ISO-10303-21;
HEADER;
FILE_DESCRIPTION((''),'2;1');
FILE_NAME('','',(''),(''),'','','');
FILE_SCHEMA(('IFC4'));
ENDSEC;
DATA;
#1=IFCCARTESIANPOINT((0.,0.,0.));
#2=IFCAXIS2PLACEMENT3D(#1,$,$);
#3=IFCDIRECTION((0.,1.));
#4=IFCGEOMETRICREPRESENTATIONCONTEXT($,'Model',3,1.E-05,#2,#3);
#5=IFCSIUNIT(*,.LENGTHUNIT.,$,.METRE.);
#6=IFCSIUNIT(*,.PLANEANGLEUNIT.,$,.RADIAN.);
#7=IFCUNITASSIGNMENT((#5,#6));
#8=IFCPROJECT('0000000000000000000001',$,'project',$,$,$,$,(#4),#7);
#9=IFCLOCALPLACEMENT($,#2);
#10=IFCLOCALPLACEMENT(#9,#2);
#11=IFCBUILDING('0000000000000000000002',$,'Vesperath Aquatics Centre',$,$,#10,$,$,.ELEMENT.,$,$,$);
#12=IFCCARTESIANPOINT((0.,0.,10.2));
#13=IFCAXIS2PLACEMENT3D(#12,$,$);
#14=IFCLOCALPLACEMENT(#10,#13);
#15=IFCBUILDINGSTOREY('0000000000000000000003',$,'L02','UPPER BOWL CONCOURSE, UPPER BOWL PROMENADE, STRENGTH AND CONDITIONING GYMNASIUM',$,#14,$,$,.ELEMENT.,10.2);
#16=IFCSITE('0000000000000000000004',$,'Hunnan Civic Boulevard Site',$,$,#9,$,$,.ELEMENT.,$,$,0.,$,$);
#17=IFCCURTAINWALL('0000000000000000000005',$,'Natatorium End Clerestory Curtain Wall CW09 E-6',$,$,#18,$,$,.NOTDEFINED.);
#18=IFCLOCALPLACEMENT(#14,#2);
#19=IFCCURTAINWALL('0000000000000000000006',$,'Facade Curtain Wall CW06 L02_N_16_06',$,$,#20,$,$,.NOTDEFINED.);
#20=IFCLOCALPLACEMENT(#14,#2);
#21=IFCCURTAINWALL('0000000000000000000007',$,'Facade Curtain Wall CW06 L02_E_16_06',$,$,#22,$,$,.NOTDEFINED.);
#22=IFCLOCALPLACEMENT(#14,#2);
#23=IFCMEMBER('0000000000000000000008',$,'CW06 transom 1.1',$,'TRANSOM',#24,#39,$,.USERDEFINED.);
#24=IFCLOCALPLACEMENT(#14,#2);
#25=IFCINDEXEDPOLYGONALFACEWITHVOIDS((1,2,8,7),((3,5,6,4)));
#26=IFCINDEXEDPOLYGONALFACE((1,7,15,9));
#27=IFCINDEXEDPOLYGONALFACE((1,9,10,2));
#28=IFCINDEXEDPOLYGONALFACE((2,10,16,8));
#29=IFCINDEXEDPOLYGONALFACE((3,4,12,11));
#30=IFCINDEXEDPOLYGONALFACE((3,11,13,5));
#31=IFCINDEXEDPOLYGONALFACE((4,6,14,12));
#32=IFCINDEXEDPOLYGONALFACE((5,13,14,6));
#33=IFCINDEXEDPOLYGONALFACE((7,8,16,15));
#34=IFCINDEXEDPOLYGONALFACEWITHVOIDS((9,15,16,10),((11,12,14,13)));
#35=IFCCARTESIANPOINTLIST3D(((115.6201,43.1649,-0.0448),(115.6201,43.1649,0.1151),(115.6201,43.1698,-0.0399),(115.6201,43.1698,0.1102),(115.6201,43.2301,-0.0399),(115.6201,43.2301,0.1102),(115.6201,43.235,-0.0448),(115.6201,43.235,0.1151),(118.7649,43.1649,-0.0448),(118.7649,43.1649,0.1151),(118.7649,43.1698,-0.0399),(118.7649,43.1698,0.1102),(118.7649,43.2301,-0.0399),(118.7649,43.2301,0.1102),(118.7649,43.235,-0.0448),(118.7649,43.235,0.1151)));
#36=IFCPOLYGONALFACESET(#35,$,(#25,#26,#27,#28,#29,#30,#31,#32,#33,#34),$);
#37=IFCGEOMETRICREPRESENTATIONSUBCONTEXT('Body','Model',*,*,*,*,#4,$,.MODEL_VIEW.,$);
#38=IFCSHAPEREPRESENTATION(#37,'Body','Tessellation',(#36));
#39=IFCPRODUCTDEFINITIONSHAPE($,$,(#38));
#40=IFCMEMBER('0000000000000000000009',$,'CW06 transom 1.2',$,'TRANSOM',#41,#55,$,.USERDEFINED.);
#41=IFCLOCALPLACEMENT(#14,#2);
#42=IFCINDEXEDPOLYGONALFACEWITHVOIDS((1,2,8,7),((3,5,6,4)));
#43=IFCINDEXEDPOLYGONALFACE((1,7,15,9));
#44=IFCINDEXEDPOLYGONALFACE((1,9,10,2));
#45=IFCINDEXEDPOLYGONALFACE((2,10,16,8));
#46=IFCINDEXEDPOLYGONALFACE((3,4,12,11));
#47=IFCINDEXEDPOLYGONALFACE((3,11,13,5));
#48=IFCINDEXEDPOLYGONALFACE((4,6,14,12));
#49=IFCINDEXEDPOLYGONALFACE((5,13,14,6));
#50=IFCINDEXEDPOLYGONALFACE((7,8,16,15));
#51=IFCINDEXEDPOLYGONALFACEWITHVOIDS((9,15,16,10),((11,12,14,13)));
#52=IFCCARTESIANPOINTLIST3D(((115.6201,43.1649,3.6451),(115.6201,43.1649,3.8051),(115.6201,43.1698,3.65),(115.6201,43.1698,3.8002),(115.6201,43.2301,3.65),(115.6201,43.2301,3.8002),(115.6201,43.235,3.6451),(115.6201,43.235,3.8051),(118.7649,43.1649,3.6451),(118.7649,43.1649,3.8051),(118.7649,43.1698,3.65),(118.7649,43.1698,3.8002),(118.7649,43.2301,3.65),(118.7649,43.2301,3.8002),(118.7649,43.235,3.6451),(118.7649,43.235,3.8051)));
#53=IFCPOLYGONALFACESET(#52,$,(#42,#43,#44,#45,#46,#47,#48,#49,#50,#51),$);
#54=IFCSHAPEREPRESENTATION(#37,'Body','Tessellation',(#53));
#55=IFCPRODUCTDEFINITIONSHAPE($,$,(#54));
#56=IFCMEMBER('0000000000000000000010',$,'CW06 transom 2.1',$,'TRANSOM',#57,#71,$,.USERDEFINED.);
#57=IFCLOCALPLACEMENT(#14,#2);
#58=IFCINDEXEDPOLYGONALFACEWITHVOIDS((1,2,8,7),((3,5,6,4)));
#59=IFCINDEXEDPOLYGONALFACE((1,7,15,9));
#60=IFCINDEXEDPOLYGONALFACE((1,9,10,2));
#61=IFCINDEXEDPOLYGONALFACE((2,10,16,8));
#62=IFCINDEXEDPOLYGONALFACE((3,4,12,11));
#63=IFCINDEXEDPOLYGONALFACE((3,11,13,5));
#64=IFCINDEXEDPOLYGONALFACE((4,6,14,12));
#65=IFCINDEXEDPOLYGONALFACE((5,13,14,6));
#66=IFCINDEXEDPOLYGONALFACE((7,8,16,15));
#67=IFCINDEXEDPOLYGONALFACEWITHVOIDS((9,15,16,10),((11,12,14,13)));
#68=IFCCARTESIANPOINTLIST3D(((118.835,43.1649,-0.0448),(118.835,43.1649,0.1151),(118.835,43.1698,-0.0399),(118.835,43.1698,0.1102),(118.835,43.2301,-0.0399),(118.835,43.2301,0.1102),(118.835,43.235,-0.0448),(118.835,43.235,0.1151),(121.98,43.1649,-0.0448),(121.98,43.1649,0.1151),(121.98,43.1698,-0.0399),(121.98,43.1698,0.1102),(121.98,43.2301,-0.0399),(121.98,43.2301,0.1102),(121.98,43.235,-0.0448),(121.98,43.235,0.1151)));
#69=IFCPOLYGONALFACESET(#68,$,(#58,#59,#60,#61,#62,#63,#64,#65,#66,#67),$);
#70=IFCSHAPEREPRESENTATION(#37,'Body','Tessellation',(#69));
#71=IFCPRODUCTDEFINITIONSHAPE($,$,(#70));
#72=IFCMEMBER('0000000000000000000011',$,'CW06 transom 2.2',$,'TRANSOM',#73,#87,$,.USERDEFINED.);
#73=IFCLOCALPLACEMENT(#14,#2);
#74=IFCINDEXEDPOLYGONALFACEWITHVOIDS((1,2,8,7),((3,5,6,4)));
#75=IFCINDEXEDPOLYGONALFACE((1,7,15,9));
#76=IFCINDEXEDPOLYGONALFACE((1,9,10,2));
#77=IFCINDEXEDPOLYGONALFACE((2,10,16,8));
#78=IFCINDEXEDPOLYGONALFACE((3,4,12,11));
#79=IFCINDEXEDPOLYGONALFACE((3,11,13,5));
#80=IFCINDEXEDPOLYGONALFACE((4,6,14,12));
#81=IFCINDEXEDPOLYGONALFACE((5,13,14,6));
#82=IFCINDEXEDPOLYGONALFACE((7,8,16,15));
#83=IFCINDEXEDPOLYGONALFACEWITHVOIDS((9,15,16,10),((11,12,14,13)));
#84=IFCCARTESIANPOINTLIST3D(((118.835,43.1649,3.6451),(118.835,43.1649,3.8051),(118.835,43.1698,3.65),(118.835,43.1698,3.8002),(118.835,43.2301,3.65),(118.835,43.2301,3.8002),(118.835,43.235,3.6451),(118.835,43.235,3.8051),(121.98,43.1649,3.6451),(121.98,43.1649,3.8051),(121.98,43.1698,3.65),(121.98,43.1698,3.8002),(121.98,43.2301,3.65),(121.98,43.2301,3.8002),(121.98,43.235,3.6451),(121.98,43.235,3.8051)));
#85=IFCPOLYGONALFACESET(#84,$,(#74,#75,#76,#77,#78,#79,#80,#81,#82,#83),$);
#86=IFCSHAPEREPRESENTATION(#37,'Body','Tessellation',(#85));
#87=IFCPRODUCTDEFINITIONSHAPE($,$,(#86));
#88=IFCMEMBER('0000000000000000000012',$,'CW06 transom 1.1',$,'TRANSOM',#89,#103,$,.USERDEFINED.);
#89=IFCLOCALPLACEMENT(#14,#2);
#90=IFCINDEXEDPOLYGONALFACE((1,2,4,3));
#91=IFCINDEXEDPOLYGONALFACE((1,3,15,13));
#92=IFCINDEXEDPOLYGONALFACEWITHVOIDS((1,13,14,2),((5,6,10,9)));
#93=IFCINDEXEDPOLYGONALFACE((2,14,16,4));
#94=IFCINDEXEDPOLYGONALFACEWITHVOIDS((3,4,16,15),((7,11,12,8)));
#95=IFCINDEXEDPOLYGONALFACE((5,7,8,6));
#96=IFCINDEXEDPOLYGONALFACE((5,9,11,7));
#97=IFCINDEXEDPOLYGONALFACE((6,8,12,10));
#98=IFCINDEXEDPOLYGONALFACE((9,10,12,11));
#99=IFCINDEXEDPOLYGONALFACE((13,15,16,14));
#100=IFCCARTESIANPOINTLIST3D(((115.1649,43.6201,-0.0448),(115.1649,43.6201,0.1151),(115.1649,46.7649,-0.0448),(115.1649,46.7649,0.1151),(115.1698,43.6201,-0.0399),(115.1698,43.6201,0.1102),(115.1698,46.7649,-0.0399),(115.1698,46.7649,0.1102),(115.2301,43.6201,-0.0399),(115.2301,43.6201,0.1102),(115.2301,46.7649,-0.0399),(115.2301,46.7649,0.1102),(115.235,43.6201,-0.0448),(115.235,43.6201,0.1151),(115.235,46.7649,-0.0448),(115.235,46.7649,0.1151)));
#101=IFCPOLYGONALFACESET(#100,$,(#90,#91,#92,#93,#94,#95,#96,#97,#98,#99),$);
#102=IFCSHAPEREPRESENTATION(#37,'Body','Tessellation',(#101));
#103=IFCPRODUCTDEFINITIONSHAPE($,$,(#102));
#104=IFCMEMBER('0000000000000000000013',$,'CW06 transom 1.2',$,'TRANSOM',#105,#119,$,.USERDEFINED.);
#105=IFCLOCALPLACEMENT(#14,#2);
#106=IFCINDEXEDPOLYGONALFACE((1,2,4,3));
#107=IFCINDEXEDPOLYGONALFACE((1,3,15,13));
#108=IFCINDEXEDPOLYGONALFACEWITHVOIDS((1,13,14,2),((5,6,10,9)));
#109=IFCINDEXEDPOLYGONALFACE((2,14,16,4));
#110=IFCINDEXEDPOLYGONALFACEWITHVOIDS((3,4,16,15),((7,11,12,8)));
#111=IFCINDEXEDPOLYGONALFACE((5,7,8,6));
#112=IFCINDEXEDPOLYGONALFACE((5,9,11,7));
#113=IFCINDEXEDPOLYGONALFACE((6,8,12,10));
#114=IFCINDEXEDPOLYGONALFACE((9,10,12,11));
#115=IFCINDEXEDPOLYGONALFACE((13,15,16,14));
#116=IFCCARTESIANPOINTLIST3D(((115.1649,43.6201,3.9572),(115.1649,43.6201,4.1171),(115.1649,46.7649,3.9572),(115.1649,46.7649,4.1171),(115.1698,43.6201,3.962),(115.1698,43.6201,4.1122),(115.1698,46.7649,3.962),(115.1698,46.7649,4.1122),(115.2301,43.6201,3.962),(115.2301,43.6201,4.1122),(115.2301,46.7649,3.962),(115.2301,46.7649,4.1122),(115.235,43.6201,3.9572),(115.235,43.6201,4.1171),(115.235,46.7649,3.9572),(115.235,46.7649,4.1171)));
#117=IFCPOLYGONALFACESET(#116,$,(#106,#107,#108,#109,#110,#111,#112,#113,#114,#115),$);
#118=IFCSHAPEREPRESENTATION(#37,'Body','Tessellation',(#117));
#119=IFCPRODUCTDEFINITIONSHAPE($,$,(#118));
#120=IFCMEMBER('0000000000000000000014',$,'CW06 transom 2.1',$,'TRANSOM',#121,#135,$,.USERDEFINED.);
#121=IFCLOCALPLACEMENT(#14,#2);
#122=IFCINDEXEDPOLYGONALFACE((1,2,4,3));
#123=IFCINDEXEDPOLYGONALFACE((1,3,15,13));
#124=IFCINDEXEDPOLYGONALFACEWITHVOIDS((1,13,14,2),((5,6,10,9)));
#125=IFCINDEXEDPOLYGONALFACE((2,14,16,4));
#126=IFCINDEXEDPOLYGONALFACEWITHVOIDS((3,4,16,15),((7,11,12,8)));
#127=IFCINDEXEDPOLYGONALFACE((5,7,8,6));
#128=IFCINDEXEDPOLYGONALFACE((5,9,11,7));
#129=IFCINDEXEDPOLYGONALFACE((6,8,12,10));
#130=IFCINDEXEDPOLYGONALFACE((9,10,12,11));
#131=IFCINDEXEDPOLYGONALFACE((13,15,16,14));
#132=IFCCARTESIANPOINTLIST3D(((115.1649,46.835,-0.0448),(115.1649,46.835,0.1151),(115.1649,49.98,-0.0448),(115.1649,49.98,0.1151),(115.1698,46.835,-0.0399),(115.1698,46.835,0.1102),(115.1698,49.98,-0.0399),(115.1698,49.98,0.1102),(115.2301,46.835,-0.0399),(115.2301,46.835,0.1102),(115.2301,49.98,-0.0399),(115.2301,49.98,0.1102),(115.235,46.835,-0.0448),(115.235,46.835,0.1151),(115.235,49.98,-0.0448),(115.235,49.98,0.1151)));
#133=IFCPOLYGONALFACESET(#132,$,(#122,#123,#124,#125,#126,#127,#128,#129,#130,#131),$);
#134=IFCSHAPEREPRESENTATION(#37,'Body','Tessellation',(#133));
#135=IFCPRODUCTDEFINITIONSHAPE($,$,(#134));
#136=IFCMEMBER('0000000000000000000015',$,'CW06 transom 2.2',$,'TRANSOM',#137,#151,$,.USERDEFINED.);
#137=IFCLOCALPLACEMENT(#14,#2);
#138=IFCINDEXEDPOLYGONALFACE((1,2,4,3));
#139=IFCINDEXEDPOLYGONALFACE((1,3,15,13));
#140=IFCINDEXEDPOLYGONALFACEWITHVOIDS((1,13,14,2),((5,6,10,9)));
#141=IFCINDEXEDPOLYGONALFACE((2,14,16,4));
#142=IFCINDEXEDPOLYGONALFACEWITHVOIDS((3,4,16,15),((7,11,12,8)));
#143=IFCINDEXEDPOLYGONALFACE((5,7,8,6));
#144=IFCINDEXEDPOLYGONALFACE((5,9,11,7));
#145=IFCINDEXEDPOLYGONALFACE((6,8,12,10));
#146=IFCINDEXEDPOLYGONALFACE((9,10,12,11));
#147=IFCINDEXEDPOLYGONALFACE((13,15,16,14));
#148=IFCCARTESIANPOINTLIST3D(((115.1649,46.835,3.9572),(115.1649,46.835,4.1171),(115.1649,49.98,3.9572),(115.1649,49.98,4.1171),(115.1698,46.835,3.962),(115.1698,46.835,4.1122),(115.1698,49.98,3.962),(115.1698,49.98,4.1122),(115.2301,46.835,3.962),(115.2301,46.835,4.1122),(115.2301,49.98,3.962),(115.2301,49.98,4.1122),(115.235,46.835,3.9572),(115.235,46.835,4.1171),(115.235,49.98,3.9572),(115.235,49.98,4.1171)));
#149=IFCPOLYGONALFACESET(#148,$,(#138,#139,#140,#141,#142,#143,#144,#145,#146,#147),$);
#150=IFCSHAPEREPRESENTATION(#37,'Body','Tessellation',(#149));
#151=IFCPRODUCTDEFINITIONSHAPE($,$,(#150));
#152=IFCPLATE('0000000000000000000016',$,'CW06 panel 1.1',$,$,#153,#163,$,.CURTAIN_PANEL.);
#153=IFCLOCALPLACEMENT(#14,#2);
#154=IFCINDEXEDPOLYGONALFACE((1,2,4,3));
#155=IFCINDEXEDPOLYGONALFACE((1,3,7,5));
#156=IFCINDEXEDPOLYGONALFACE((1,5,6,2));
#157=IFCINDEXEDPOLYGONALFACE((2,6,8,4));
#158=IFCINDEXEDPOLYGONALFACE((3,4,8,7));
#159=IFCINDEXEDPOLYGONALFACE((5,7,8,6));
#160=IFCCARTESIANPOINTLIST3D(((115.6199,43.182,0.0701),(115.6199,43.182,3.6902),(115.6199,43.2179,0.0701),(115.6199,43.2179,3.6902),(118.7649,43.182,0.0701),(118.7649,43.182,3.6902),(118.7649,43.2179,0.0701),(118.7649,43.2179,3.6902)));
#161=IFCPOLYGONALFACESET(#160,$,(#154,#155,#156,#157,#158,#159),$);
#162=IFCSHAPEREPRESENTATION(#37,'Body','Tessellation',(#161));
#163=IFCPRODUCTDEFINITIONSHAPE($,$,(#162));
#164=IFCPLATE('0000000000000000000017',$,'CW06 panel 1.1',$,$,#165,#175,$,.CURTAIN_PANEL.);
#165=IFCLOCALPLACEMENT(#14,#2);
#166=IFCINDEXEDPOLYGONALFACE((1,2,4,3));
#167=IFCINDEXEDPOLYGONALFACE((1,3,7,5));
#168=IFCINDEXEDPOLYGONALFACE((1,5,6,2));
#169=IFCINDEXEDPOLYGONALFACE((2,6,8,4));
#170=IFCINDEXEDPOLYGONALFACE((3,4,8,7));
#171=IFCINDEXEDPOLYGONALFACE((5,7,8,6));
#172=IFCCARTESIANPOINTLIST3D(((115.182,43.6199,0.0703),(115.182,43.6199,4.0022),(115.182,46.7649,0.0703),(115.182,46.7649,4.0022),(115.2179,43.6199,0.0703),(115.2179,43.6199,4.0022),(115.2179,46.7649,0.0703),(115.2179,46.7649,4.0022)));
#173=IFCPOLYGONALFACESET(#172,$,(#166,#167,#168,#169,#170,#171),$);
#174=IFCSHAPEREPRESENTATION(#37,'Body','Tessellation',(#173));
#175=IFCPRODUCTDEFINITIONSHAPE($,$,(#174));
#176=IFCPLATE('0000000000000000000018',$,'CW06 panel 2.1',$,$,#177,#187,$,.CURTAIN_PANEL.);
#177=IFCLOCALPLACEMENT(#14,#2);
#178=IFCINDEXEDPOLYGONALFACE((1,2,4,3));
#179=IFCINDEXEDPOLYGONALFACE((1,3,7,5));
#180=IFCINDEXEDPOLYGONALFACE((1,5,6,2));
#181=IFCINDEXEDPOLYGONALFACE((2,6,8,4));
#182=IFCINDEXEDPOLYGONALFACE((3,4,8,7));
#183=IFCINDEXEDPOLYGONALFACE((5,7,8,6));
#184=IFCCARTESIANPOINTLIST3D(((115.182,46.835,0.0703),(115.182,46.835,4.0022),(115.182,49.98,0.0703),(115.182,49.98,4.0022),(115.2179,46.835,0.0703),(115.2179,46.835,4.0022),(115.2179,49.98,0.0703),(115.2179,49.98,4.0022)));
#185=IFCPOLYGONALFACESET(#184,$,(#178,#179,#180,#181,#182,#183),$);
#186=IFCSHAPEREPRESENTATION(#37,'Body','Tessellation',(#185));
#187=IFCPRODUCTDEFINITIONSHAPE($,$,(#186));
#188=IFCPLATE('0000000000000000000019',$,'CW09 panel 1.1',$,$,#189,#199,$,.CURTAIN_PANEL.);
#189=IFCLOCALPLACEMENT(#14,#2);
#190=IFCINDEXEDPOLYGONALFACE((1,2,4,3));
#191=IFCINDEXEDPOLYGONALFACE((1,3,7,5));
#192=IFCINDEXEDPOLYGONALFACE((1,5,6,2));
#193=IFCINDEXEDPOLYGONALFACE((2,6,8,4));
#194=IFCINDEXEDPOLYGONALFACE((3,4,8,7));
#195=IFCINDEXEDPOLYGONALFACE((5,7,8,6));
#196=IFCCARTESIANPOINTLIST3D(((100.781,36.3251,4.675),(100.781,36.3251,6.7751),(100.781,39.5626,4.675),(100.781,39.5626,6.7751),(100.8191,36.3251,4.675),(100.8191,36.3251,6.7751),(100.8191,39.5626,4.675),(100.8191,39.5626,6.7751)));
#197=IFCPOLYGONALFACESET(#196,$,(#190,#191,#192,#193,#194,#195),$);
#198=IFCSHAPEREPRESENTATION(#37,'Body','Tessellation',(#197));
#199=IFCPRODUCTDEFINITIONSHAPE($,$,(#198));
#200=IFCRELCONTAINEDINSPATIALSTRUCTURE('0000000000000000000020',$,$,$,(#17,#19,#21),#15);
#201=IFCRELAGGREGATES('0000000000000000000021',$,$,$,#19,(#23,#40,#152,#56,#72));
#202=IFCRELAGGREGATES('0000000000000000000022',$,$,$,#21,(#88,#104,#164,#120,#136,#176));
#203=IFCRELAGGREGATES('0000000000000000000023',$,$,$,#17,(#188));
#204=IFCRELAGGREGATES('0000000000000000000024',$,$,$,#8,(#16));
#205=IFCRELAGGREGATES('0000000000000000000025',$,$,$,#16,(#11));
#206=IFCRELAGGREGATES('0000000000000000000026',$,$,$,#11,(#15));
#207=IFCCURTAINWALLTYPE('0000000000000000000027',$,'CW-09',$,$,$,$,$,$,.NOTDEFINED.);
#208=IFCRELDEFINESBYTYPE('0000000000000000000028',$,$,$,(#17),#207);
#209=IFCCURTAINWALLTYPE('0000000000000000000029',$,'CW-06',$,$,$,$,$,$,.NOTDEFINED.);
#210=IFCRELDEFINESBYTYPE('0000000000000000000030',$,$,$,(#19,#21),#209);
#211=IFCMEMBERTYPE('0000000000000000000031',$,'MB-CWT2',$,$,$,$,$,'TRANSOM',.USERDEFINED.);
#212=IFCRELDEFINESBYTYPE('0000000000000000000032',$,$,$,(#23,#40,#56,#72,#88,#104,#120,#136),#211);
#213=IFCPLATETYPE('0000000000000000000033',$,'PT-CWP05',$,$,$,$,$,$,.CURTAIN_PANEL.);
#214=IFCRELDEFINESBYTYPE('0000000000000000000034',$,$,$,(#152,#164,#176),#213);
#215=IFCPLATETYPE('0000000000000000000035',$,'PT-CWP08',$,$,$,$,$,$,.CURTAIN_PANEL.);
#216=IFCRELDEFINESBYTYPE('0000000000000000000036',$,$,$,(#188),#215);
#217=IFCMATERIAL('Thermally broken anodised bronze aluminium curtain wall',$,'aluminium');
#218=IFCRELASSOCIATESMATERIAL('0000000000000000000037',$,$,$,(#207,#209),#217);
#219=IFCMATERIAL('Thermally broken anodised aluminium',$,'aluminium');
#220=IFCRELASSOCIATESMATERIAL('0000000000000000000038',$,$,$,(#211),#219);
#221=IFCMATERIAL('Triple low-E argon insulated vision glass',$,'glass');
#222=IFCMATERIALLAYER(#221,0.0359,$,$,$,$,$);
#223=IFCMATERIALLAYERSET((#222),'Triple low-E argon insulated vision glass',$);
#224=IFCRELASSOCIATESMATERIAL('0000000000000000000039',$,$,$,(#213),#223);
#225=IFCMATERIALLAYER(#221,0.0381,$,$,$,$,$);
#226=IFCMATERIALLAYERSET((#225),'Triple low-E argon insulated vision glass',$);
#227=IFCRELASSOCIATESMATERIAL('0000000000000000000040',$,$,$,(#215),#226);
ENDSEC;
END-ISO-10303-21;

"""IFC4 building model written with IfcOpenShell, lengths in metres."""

from ifc_helpers import new_model, si_unit, direction, frame, origin, origin_2d, place, context, subcontext, project, spatial, rectangle, hollow_rectangle, extrude, material, layer, layer_set, material_profile, profile_set, type_object, element, aggregate, save


model = new_model("IFC4")

# Units and contexts
model_context = context("Model", 3, precision=1e-05, world=origin(), true_north=direction((0.0, 1.0)))
body_context = subcontext(model_context, "Body", "Model", "MODEL_VIEW")
ifc_project = project(units=[si_unit("LENGTHUNIT", "METRE"), si_unit("PLANEANGLEUNIT", "RADIAN")], contexts=[model_context])

# Site, building, storey
site_placement = place(None, origin())
site = spatial("IfcSite", under=ifc_project, at=site_placement, Name="Hunnan Civic Boulevard Site", CompositionType="ELEMENT", RefElevation=0.0)
building_placement = place(site_placement, origin())
building = spatial("IfcBuilding", under=site, at=building_placement, Name="Vesperath Aquatics Centre", CompositionType="ELEMENT")
storey_placement = place(building_placement, frame((0.0, 0.0, 10.2)))
storey = spatial("IfcBuildingStorey", under=building, at=storey_placement, Name="L02", Description="UPPER BOWL CONCOURSE, UPPER BOWL PROMENADE, STRENGTH AND CONDITIONING GYMNASIUM", CompositionType="ELEMENT", Elevation=10.2)

# Curtain walls
ifc_material_1 = material(Name="Thermally broken anodised bronze aluminium curtain wall", Category="aluminium")
curtain_wall_type_1 = type_object("IfcCurtainWallType", Name="CW-09", PredefinedType="NOTDEFINED", material=ifc_material_1)
curtain_wall_1_placement = place(storey_placement, origin())
curtain_wall_1 = element("IfcCurtainWall", 1, at=curtain_wall_1_placement, inside=storey, type_object=curtain_wall_type_1, Name="Natatorium End Clerestory Curtain Wall CW09 E-6", PredefinedType="NOTDEFINED")
ifc_material_2 = material(Name="Thermally broken anodised aluminium", Category="aluminium")
curtain_wall_type_2 = type_object("IfcCurtainWallType", Name="CW-06", PredefinedType="NOTDEFINED", material=ifc_material_1)
curtain_wall_2_placement = place(storey_placement, origin())
curtain_wall_2 = element("IfcCurtainWall", 2, at=curtain_wall_2_placement, inside=storey, type_object=curtain_wall_type_2, Name="Facade Curtain Wall CW06 L02_N_16_06", PredefinedType="NOTDEFINED")
curtain_wall_3_placement = place(storey_placement, origin())
curtain_wall_3 = element("IfcCurtainWall", 3, at=curtain_wall_3_placement, inside=storey, type_object=curtain_wall_type_2, Name="Facade Curtain Wall CW06 L02_E_16_06", PredefinedType="NOTDEFINED")

# Members
ifc_material_profile_1 = material_profile(ifc_material_2, hollow_rectangle(XDim=0.0701, YDim=0.1599, WallThickness=0.0049, at=origin_2d()), Name="CWT 70x160x5")
ifc_profile_set_1 = profile_set([ifc_material_profile_1], Name="Thermally broken anodised aluminium")
member_type_1 = type_object("IfcMemberType", Name="MB-CWT2", ElementType="TRANSOM", PredefinedType="USERDEFINED", material=ifc_profile_set_1)
member_1_placement = place(storey_placement, frame((115.6201, 43.2, 0.0352), z_axis=(1.0, 0.0, 0.0), x_axis=(0.0, 1.0, 0.0)))
member_1 = element("IfcMember", 4, at=member_1_placement, type_object=member_type_1, Name="CW06 transom 1.1", ObjectType="TRANSOM", PredefinedType="USERDEFINED", context=body_context, shape_type="SweptSolid", body=[
    extrude(hollow_rectangle(XDim=0.0701, YDim=0.1599, WallThickness=0.0049, at=origin_2d()), origin(), (0.0, 0.0, 1.0), 3.1448),
])
member_2_placement = place(storey_placement, frame((115.6201, 43.2, 3.7251), z_axis=(1.0, 0.0, 0.0), x_axis=(0.0, 1.0, 0.0)))
member_2 = element("IfcMember", 5, at=member_2_placement, type_object=member_type_1, Name="CW06 transom 1.2", ObjectType="TRANSOM", PredefinedType="USERDEFINED", context=body_context, shape_type="SweptSolid", body=[
    extrude(hollow_rectangle(XDim=0.0701, YDim=0.1599, WallThickness=0.0049, at=origin_2d()), origin(), (0.0, 0.0, 1.0), 3.1448),
])
member_3_placement = place(storey_placement, frame((118.835, 43.2, 0.0352), z_axis=(1.0, 0.0, 0.0), x_axis=(0.0, 1.0, 0.0)))
member_3 = element("IfcMember", 6, at=member_3_placement, type_object=member_type_1, Name="CW06 transom 2.1", ObjectType="TRANSOM", PredefinedType="USERDEFINED", context=body_context, shape_type="SweptSolid", body=[
    extrude(hollow_rectangle(XDim=0.0701, YDim=0.1599, WallThickness=0.0049, at=origin_2d()), origin(), (0.0, 0.0, 1.0), 3.145),
])
member_4_placement = place(storey_placement, frame((118.835, 43.2, 3.7251), z_axis=(1.0, 0.0, 0.0), x_axis=(0.0, 1.0, 0.0)))
member_4 = element("IfcMember", 7, at=member_4_placement, type_object=member_type_1, Name="CW06 transom 2.2", ObjectType="TRANSOM", PredefinedType="USERDEFINED", context=body_context, shape_type="SweptSolid", body=[
    extrude(hollow_rectangle(XDim=0.0701, YDim=0.1599, WallThickness=0.0049, at=origin_2d()), origin(), (0.0, 0.0, 1.0), 3.145),
])
member_5_placement = place(storey_placement, frame((115.2, 43.6201, 0.0352), z_axis=(0.0, 1.0, 0.0), x_axis=(-1.0, 0.0, 0.0)))
member_5 = element("IfcMember", 8, at=member_5_placement, type_object=member_type_1, Name="CW06 transom 1.1", ObjectType="TRANSOM", PredefinedType="USERDEFINED", context=body_context, shape_type="SweptSolid", body=[
    extrude(hollow_rectangle(XDim=0.0701, YDim=0.1599, WallThickness=0.0049, at=origin_2d()), origin(), (0.0, 0.0, 1.0), 3.1448),
])
member_6_placement = place(storey_placement, frame((115.2, 43.6201, 4.0371), z_axis=(0.0, 1.0, 0.0), x_axis=(-1.0, 0.0, 0.0)))
member_6 = element("IfcMember", 9, at=member_6_placement, type_object=member_type_1, Name="CW06 transom 1.2", ObjectType="TRANSOM", PredefinedType="USERDEFINED", context=body_context, shape_type="SweptSolid", body=[
    extrude(hollow_rectangle(XDim=0.0701, YDim=0.1599, WallThickness=0.0049, at=origin_2d()), origin(), (0.0, 0.0, 1.0), 3.1448),
])
member_7_placement = place(storey_placement, frame((115.2, 46.835, 0.0352), z_axis=(0.0, 1.0, 0.0), x_axis=(-1.0, 0.0, 0.0)))
member_7 = element("IfcMember", 10, at=member_7_placement, type_object=member_type_1, Name="CW06 transom 2.1", ObjectType="TRANSOM", PredefinedType="USERDEFINED", context=body_context, shape_type="SweptSolid", body=[
    extrude(hollow_rectangle(XDim=0.0701, YDim=0.1599, WallThickness=0.0049, at=origin_2d()), origin(), (0.0, 0.0, 1.0), 3.145),
])
member_8_placement = place(storey_placement, frame((115.2, 46.835, 4.0371), z_axis=(0.0, 1.0, 0.0), x_axis=(-1.0, 0.0, 0.0)))
member_8 = element("IfcMember", 11, at=member_8_placement, type_object=member_type_1, Name="CW06 transom 2.2", ObjectType="TRANSOM", PredefinedType="USERDEFINED", context=body_context, shape_type="SweptSolid", body=[
    extrude(hollow_rectangle(XDim=0.0701, YDim=0.1599, WallThickness=0.0049, at=origin_2d()), origin(), (0.0, 0.0, 1.0), 3.145),
])

# Plates
ifc_material_3 = material(Name="Triple low-E argon insulated vision glass", Category="glass")
ifc_layer_1 = layer(ifc_material_3, 0.0359)
ifc_layer_set_1 = layer_set([ifc_layer_1], Name="Triple low-E argon insulated vision glass")
plate_type_1 = type_object("IfcPlateType", Name="PT-CWP05", PredefinedType="CURTAIN_PANEL", material=ifc_layer_set_1)
plate_1_placement = place(storey_placement, frame((117.1924, 43.2, 0.0701), z_axis=(0.0, 0.0, 1.0), x_axis=(1.0, 0.0, 0.0)))
plate_1 = element("IfcPlate", 12, at=plate_1_placement, type_object=plate_type_1, Name="CW06 panel 1.1", PredefinedType="CURTAIN_PANEL", context=body_context, shape_type="SweptSolid", body=[
    extrude(rectangle(XDim=3.145, YDim=0.0359, at=origin_2d()), origin(), (0.0, 0.0, 1.0), 3.6201),
])
aggregate(curtain_wall_2, [member_1, member_2, plate_1, member_3, member_4])
plate_2_placement = place(storey_placement, frame((115.2, 45.1924, 0.0703), z_axis=(0.0, 0.0, 1.0), x_axis=(0.0, 1.0, 0.0)))
plate_2 = element("IfcPlate", 13, at=plate_2_placement, type_object=plate_type_1, Name="CW06 panel 1.1", PredefinedType="CURTAIN_PANEL", context=body_context, shape_type="SweptSolid", body=[
    extrude(rectangle(XDim=3.145, YDim=0.0359, at=origin_2d()), origin(), (0.0, 0.0, 1.0), 3.9319),
])
plate_3_placement = place(storey_placement, frame((115.2, 48.4075, 0.0703), z_axis=(0.0, 0.0, 1.0), x_axis=(0.0, 1.0, 0.0)))
plate_3 = element("IfcPlate", 14, at=plate_3_placement, type_object=plate_type_1, Name="CW06 panel 2.1", PredefinedType="CURTAIN_PANEL", context=body_context, shape_type="SweptSolid", body=[
    extrude(rectangle(XDim=3.145, YDim=0.0359, at=origin_2d()), origin(), (0.0, 0.0, 1.0), 3.9319),
])
aggregate(curtain_wall_3, [member_5, member_6, plate_2, member_7, member_8, plate_3])
ifc_layer_2 = layer(ifc_material_3, 0.0381)
ifc_layer_set_2 = layer_set([ifc_layer_2], Name="Triple low-E argon insulated vision glass")
plate_type_2 = type_object("IfcPlateType", Name="PT-CWP08", PredefinedType="CURTAIN_PANEL", material=ifc_layer_set_2)
plate_4_placement = place(storey_placement, frame((100.8, 37.9438, 4.675), z_axis=(0.0, 0.0, 1.0), x_axis=(0.0, 1.0, 0.0)))
plate_4 = element("IfcPlate", 15, at=plate_4_placement, type_object=plate_type_2, Name="CW09 panel 1.1", PredefinedType="CURTAIN_PANEL", context=body_context, shape_type="SweptSolid", body=[
    extrude(rectangle(XDim=3.2375, YDim=0.0381, at=origin_2d()), origin(), (0.0, 0.0, 1.0), 2.1001),
])
aggregate(curtain_wall_1, [plate_4])

save(model, "model.ifc")
